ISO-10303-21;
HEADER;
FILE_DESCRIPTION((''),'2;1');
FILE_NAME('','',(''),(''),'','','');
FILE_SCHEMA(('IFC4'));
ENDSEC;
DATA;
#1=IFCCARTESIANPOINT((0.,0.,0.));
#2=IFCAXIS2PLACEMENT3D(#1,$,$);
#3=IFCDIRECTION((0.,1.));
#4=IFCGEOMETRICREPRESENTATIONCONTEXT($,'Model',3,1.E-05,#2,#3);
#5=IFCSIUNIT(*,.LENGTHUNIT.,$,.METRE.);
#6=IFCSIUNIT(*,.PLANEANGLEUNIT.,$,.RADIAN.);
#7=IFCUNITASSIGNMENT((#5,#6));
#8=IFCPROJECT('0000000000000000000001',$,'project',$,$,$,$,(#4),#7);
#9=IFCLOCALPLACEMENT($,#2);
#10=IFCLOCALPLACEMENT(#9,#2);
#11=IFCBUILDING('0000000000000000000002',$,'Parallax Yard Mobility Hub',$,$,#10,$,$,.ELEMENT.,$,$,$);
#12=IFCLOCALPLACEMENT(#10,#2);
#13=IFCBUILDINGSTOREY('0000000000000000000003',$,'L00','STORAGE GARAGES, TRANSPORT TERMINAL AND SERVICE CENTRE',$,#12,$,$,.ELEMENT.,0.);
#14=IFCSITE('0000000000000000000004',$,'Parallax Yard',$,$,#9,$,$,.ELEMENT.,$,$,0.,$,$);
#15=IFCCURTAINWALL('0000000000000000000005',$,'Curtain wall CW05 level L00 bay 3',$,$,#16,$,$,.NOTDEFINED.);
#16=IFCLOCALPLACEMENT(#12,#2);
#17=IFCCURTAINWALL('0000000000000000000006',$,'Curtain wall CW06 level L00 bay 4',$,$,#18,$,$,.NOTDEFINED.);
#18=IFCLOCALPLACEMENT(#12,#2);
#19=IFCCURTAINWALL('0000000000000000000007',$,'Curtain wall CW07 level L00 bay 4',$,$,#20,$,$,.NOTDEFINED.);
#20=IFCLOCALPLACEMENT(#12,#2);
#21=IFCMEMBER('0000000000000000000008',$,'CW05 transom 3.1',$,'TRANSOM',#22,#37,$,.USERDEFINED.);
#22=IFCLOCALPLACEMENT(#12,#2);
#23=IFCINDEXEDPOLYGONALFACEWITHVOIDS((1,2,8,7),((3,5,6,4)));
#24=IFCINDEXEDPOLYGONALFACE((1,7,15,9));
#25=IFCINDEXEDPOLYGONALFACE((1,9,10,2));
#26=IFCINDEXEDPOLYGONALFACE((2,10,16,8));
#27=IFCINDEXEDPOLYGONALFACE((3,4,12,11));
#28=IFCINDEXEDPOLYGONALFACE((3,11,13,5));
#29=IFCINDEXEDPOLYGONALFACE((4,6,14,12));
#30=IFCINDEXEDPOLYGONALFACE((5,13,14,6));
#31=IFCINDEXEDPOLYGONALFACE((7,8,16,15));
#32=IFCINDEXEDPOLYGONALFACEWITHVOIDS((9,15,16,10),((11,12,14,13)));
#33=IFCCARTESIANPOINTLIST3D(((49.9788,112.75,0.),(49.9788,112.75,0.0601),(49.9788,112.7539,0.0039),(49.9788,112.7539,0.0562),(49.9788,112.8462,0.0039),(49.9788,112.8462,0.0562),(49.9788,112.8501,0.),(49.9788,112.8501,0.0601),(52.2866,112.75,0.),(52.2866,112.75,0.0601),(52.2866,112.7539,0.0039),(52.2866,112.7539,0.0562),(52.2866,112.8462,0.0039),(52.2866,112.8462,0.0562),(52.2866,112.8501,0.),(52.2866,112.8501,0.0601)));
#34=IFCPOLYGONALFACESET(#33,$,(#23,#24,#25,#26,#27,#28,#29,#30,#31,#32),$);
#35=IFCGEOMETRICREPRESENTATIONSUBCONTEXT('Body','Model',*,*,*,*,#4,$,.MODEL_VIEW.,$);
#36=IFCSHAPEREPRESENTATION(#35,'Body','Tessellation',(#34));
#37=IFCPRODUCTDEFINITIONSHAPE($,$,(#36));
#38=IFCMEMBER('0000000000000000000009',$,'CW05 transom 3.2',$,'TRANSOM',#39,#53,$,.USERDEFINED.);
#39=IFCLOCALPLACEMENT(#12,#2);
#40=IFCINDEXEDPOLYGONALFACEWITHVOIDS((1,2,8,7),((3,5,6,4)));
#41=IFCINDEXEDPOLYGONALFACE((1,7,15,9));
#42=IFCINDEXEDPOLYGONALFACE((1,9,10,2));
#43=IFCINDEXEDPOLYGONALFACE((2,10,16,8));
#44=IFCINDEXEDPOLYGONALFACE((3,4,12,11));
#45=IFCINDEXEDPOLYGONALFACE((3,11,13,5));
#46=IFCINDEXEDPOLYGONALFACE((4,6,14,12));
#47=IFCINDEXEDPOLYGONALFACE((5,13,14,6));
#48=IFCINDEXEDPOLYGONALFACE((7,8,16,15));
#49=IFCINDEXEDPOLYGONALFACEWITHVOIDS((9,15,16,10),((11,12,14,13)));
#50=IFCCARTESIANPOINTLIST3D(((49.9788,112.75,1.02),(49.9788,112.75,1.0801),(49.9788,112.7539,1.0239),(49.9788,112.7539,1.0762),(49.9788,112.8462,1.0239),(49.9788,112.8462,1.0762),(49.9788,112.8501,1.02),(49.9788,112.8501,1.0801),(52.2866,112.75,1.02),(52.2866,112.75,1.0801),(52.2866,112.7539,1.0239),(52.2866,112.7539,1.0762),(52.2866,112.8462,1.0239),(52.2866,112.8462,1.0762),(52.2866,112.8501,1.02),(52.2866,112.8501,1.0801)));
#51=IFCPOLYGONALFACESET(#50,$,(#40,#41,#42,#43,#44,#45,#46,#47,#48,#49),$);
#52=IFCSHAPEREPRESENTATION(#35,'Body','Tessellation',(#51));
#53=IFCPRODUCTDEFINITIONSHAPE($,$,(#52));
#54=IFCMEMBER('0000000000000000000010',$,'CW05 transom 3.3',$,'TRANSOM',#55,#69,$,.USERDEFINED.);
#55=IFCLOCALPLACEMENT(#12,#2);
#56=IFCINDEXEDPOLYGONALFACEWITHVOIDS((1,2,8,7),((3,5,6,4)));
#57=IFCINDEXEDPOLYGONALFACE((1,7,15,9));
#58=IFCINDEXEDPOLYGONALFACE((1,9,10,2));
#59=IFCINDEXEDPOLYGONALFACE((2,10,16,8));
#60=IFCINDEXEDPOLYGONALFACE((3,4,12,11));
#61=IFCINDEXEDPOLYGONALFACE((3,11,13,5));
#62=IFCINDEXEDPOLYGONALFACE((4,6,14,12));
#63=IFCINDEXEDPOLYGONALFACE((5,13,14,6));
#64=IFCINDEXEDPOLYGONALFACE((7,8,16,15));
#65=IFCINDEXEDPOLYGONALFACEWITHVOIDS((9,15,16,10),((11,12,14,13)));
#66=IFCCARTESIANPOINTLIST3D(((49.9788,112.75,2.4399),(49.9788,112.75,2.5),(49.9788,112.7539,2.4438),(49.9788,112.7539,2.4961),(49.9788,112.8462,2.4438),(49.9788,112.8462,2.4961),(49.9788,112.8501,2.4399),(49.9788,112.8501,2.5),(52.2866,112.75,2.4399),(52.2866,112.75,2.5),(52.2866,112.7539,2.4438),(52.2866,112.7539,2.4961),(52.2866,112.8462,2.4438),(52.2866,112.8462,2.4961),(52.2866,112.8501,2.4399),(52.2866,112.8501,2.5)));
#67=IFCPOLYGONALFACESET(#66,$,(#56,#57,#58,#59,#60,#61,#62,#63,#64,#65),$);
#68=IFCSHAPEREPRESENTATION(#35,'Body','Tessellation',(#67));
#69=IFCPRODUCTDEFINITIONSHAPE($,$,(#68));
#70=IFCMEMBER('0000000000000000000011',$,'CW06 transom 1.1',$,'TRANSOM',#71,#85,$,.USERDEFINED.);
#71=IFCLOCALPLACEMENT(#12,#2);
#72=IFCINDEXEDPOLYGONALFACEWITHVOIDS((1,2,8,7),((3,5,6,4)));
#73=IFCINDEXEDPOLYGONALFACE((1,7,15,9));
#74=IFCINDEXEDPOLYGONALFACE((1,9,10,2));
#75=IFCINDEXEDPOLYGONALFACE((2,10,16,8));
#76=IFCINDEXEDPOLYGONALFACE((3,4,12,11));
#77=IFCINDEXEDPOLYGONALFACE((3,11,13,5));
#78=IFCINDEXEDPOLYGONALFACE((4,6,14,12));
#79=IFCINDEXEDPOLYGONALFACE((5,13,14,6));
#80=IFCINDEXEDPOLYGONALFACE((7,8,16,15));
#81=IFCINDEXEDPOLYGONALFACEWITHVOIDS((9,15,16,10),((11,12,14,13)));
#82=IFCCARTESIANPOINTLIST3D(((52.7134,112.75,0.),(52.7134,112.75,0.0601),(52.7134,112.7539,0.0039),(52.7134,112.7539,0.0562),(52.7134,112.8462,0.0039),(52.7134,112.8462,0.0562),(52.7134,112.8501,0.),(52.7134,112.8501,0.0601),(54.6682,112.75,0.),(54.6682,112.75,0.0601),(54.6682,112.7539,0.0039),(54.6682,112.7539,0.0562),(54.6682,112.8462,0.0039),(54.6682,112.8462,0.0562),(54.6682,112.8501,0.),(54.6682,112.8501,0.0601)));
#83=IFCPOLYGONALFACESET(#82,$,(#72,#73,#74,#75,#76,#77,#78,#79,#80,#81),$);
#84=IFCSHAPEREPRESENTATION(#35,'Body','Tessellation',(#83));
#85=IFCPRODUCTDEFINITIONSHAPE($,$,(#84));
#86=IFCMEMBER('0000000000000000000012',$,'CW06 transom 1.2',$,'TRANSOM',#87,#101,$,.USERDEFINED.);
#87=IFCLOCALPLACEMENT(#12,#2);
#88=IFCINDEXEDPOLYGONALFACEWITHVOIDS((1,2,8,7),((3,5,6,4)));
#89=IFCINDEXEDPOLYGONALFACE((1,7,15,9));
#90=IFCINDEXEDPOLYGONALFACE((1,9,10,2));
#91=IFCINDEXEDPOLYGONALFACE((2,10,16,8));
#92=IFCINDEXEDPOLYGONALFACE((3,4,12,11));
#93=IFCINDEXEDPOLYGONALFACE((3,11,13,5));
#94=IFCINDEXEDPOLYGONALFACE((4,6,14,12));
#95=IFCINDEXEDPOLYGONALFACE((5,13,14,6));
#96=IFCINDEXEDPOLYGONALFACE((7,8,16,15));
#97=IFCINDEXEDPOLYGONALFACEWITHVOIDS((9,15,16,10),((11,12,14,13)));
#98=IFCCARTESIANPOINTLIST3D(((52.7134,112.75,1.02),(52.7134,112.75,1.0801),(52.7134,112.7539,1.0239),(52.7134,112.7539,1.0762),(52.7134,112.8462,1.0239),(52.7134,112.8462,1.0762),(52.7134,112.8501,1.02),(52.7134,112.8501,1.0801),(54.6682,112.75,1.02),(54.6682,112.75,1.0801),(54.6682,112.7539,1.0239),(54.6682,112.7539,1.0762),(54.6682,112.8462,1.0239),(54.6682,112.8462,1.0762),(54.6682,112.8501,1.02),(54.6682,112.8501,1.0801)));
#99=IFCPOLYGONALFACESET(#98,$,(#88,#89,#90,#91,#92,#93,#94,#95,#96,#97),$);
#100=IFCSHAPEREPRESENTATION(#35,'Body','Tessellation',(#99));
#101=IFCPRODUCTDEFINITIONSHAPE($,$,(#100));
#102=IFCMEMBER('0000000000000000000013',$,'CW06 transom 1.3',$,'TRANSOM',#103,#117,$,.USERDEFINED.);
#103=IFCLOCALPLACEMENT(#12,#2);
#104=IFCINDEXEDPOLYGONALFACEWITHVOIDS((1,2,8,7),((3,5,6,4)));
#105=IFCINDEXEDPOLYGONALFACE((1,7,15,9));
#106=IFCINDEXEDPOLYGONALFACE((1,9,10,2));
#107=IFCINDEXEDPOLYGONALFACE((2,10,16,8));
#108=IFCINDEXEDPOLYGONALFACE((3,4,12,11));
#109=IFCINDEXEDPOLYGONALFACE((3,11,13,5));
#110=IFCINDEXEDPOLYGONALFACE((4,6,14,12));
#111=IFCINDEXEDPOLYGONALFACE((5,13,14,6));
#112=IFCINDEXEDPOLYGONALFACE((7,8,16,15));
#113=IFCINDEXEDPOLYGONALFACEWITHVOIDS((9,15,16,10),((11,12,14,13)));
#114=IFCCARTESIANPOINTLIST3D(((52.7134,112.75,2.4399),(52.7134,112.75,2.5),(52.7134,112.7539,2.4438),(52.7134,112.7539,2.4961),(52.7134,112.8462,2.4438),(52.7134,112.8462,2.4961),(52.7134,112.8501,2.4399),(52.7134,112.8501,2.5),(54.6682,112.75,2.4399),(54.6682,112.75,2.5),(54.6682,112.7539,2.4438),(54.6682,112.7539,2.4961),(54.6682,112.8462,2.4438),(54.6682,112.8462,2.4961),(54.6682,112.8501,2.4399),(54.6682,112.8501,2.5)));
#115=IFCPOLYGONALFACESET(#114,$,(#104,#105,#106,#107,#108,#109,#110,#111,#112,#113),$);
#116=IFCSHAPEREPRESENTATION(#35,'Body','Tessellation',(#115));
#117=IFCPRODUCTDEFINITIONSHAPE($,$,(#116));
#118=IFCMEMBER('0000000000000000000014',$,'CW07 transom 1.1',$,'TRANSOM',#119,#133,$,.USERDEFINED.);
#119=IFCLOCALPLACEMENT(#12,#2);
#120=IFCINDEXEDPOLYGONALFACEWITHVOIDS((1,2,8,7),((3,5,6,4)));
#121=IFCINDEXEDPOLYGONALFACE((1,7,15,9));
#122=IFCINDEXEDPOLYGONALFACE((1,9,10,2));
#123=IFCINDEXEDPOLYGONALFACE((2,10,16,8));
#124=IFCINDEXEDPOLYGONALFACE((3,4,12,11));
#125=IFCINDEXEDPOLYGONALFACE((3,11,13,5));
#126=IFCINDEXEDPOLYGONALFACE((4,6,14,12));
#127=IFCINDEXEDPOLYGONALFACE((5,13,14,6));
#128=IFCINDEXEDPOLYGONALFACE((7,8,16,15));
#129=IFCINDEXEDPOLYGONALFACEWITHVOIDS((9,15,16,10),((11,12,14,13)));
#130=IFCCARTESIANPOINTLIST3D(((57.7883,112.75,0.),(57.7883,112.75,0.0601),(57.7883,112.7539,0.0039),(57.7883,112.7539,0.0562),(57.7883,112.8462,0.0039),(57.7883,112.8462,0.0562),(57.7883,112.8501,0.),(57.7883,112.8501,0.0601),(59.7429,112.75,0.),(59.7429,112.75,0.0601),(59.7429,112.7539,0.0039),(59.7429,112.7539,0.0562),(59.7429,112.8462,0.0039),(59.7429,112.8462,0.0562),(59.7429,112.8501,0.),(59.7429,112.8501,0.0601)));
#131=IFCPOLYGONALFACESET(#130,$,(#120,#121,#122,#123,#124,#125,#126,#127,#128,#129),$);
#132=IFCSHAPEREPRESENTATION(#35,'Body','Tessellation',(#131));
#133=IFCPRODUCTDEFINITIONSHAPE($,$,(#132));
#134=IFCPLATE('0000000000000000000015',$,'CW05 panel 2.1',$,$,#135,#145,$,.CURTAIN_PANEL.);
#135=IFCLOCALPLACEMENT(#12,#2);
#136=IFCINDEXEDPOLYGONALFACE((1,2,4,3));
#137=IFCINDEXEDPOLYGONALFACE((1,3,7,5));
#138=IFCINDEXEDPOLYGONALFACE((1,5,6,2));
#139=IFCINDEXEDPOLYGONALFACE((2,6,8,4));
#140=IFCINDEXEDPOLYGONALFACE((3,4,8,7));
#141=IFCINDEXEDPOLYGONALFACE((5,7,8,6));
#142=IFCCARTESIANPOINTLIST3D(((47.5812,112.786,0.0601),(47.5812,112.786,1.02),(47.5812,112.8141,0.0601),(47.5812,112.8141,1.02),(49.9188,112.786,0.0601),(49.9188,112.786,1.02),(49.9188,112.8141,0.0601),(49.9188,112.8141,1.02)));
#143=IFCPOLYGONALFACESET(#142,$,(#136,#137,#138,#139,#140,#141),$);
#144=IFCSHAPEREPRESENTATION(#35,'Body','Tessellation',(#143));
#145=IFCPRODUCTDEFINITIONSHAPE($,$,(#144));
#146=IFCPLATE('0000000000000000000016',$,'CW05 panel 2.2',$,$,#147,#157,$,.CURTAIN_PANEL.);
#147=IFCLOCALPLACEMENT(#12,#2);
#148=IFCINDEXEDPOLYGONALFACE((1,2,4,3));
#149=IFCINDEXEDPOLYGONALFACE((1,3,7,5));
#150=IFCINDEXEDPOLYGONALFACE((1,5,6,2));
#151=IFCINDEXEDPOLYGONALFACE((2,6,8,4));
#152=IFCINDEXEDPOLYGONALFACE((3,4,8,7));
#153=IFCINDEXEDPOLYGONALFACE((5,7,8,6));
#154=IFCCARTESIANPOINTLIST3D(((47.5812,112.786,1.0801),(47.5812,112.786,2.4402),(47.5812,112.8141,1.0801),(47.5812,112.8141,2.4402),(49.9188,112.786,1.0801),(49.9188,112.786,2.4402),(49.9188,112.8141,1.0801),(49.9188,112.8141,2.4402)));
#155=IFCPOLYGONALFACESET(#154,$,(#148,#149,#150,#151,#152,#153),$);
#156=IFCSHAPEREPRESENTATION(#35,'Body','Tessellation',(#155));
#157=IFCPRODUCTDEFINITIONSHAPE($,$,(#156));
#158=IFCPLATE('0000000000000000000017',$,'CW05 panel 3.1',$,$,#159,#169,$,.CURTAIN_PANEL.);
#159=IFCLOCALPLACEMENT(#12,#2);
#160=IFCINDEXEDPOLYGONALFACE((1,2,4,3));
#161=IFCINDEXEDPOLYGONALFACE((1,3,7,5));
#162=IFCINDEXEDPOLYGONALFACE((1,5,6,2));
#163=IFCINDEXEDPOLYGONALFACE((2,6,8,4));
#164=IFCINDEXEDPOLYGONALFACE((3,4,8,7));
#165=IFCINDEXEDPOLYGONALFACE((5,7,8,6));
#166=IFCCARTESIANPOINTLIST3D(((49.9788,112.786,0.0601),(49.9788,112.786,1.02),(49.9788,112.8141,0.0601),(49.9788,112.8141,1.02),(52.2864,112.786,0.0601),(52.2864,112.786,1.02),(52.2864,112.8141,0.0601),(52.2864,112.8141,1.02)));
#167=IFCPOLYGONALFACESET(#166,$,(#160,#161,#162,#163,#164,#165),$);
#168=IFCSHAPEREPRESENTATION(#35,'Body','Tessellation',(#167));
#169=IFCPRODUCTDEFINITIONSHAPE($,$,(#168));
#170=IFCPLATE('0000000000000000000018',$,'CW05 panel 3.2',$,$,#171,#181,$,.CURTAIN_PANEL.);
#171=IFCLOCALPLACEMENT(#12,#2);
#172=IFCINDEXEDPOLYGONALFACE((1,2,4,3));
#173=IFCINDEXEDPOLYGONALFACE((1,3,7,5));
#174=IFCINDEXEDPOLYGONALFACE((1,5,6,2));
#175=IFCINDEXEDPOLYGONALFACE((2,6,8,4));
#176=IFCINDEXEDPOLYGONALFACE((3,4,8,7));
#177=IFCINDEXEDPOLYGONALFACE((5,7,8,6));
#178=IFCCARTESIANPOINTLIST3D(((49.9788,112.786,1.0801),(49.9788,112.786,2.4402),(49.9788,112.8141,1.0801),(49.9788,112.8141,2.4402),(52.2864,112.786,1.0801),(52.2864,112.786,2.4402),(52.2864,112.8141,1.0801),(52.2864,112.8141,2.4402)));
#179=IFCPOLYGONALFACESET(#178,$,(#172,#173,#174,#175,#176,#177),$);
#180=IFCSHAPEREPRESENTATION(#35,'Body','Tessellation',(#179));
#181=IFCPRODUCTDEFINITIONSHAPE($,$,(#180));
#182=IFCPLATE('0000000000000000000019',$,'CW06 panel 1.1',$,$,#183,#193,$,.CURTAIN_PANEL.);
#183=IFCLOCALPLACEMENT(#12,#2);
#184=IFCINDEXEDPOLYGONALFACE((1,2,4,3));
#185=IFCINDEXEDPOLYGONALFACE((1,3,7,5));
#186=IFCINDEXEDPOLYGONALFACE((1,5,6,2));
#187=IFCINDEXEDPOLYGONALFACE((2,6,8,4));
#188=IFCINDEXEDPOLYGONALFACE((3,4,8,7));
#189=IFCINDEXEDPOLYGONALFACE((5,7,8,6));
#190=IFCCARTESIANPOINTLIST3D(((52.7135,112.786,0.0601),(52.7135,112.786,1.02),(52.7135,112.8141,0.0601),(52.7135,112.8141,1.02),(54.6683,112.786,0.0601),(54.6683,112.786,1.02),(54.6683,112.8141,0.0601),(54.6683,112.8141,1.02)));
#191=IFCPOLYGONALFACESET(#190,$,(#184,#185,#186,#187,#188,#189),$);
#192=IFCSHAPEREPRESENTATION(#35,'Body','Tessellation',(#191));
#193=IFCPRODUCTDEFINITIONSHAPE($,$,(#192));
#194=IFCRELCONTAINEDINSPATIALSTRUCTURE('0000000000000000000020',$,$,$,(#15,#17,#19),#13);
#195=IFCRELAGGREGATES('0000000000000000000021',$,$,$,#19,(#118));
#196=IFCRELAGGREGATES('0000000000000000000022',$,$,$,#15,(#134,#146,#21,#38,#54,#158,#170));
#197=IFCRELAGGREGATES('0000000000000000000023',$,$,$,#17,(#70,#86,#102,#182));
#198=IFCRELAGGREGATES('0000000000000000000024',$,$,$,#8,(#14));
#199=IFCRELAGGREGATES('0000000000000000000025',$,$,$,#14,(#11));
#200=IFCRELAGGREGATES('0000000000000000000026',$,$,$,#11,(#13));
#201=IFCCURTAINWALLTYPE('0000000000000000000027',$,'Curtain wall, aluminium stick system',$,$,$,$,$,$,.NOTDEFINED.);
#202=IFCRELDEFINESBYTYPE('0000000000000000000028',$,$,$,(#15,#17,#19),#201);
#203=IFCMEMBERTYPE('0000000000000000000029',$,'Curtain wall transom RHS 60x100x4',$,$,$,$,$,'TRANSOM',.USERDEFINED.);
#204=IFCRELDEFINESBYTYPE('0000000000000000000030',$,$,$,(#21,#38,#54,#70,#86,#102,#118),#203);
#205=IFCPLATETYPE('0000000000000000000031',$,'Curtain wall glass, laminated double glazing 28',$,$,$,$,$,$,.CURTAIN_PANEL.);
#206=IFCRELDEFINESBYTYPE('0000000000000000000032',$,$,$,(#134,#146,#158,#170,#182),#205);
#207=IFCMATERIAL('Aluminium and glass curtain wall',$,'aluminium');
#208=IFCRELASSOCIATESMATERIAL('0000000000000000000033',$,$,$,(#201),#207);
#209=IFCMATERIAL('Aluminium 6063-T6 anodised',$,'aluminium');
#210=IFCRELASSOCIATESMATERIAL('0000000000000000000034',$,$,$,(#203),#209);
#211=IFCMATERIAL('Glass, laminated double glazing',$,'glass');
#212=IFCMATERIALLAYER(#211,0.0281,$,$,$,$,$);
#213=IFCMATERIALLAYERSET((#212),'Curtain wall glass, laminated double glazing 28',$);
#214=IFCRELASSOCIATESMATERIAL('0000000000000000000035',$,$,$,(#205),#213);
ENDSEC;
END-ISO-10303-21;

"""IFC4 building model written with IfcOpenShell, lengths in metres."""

from ifc_helpers import new_model, si_unit, direction, frame, origin, origin_2d, place, context, subcontext, project, spatial, rectangle, hollow_rectangle, extrude, material, layer, layer_set, material_profile, profile_set, type_object, element, aggregate, save


model = new_model("IFC4")

# Units and contexts
model_context = context("Model", 3, precision=1e-05, world=origin(), true_north=direction((0.0, 1.0)))
body_context = subcontext(model_context, "Body", "Model", "MODEL_VIEW")
ifc_project = project(units=[si_unit("LENGTHUNIT", "METRE"), si_unit("PLANEANGLEUNIT", "RADIAN")], contexts=[model_context])

# Site, building, storey
site_placement = place(None, origin())
site = spatial("IfcSite", under=ifc_project, at=site_placement, Name="Parallax Yard", CompositionType="ELEMENT", RefElevation=0.0)
building_placement = place(site_placement, origin())
building = spatial("IfcBuilding", under=site, at=building_placement, Name="Parallax Yard Mobility Hub", CompositionType="ELEMENT")
storey_placement = place(building_placement, origin())
storey = spatial("IfcBuildingStorey", under=building, at=storey_placement, Name="L00", Description="STORAGE GARAGES, TRANSPORT TERMINAL AND SERVICE CENTRE", CompositionType="ELEMENT", Elevation=0.0)

# Curtain walls
ifc_material_1 = material(Name="Aluminium and glass curtain wall", Category="aluminium")
curtain_wall_type = type_object("IfcCurtainWallType", Name="Curtain wall, aluminium stick system", PredefinedType="NOTDEFINED", material=ifc_material_1)
curtain_wall_1_placement = place(storey_placement, origin())
curtain_wall_1 = element("IfcCurtainWall", 1, at=curtain_wall_1_placement, inside=storey, type_object=curtain_wall_type, Name="Curtain wall CW05 level L00 bay 3", PredefinedType="NOTDEFINED")
ifc_material_2 = material(Name="Aluminium 6063-T6 anodised", Category="aluminium")
curtain_wall_2_placement = place(storey_placement, origin())
curtain_wall_2 = element("IfcCurtainWall", 2, at=curtain_wall_2_placement, inside=storey, type_object=curtain_wall_type, Name="Curtain wall CW06 level L00 bay 4", PredefinedType="NOTDEFINED")

# Curtain wall
curtain_wall_3_placement = place(storey_placement, origin())
curtain_wall_3 = element("IfcCurtainWall", 3, at=curtain_wall_3_placement, inside=storey, type_object=curtain_wall_type, Name="Curtain wall CW07 level L00 bay 4", PredefinedType="NOTDEFINED")

# Members
ifc_material_profile_1 = material_profile(ifc_material_2, hollow_rectangle(XDim=0.1001, YDim=0.0601, WallThickness=0.0039, at=origin_2d()), Name="RHS 60x100x4")
ifc_profile_set_1 = profile_set([ifc_material_profile_1], Name="Aluminium 6063-T6 anodised")
member_type_1 = type_object("IfcMemberType", Name="Curtain wall transom RHS 60x100x4", ElementType="TRANSOM", PredefinedType="USERDEFINED", material=ifc_profile_set_1)
member_1_placement = place(storey_placement, frame((49.9788, 112.8, 0.03), z_axis=(1.0, 0.0, 0.0), x_axis=(0.0, 1.0, 0.0)))
member_1 = element("IfcMember", 4, at=member_1_placement, type_object=member_type_1, Name="CW05 transom 3.1", ObjectType="TRANSOM", PredefinedType="USERDEFINED", context=body_context, shape_type="SweptSolid", body=[
    extrude(hollow_rectangle(XDim=0.1001, YDim=0.0601, WallThickness=0.0039, at=origin_2d()), origin(), (0.0, 0.0, 1.0), 2.3079),
])
member_2_placement = place(storey_placement, frame((49.9788, 112.8, 1.05), z_axis=(1.0, 0.0, 0.0), x_axis=(0.0, 1.0, 0.0)))
member_2 = element("IfcMember", 5, at=member_2_placement, type_object=member_type_1, Name="CW05 transom 3.2", ObjectType="TRANSOM", PredefinedType="USERDEFINED", context=body_context, shape_type="SweptSolid", body=[
    extrude(hollow_rectangle(XDim=0.1001, YDim=0.0601, WallThickness=0.0039, at=origin_2d()), origin(), (0.0, 0.0, 1.0), 2.3079),
])
member_3_placement = place(storey_placement, frame((49.9788, 112.8, 2.47), z_axis=(1.0, 0.0, 0.0), x_axis=(0.0, 1.0, 0.0)))
member_3 = element("IfcMember", 6, at=member_3_placement, type_object=member_type_1, Name="CW05 transom 3.3", ObjectType="TRANSOM", PredefinedType="USERDEFINED", context=body_context, shape_type="SweptSolid", body=[
    extrude(hollow_rectangle(XDim=0.1001, YDim=0.0601, WallThickness=0.0039, at=origin_2d()), origin(), (0.0, 0.0, 1.0), 2.3079),
])
member_4_placement = place(storey_placement, frame((52.7134, 112.8, 0.03), z_axis=(1.0, 0.0, 0.0), x_axis=(0.0, 1.0, 0.0)))
member_4 = element("IfcMember", 7, at=member_4_placement, type_object=member_type_1, Name="CW06 transom 1.1", ObjectType="TRANSOM", PredefinedType="USERDEFINED", context=body_context, shape_type="SweptSolid", body=[
    extrude(hollow_rectangle(XDim=0.1001, YDim=0.0601, WallThickness=0.0039, at=origin_2d()), origin(), (0.0, 0.0, 1.0), 1.9548),
])
member_5_placement = place(storey_placement, frame((52.7134, 112.8, 1.05), z_axis=(1.0, 0.0, 0.0), x_axis=(0.0, 1.0, 0.0)))
member_5 = element("IfcMember", 8, at=member_5_placement, type_object=member_type_1, Name="CW06 transom 1.2", ObjectType="TRANSOM", PredefinedType="USERDEFINED", context=body_context, shape_type="SweptSolid", body=[
    extrude(hollow_rectangle(XDim=0.1001, YDim=0.0601, WallThickness=0.0039, at=origin_2d()), origin(), (0.0, 0.0, 1.0), 1.9548),
])
member_6_placement = place(storey_placement, frame((52.7134, 112.8, 2.47), z_axis=(1.0, 0.0, 0.0), x_axis=(0.0, 1.0, 0.0)))
member_6 = element("IfcMember", 9, at=member_6_placement, type_object=member_type_1, Name="CW06 transom 1.3", ObjectType="TRANSOM", PredefinedType="USERDEFINED", context=body_context, shape_type="SweptSolid", body=[
    extrude(hollow_rectangle(XDim=0.1001, YDim=0.0601, WallThickness=0.0039, at=origin_2d()), origin(), (0.0, 0.0, 1.0), 1.9548),
])
member_7_placement = place(storey_placement, frame((57.7883, 112.8, 0.03), z_axis=(1.0, 0.0, 0.0), x_axis=(0.0, 1.0, 0.0)))
member_7 = element("IfcMember", 10, at=member_7_placement, type_object=member_type_1, Name="CW07 transom 1.1", ObjectType="TRANSOM", PredefinedType="USERDEFINED", context=body_context, shape_type="SweptSolid", body=[
    extrude(hollow_rectangle(XDim=0.1001, YDim=0.0601, WallThickness=0.0039, at=origin_2d()), origin(), (0.0, 0.0, 1.0), 1.9546),
])
aggregate(curtain_wall_3, [member_7])

# Plates
ifc_material_3 = material(Name="Glass, laminated double glazing", Category="glass")
ifc_layer_1 = layer(ifc_material_3, 0.0281)
ifc_layer_set_1 = layer_set([ifc_layer_1], Name="Curtain wall glass, laminated double glazing 28")
plate_type = type_object("IfcPlateType", Name="Curtain wall glass, laminated double glazing 28", PredefinedType="CURTAIN_PANEL", material=ifc_layer_set_1)
plate_1_placement = place(storey_placement, frame((48.75, 112.8, 0.0601), z_axis=(0.0, 0.0, 1.0), x_axis=(1.0, 0.0, 0.0)))
plate_1 = element("IfcPlate", 11, at=plate_1_placement, type_object=plate_type, Name="CW05 panel 2.1", PredefinedType="CURTAIN_PANEL", context=body_context, shape_type="SweptSolid", body=[
    extrude(rectangle(XDim=2.3376, YDim=0.0281, at=origin_2d()), origin(), (0.0, 0.0, 1.0), 0.96),
])
plate_2_placement = place(storey_placement, frame((48.75, 112.8, 1.0801), z_axis=(0.0, 0.0, 1.0), x_axis=(1.0, 0.0, 0.0)))
plate_2 = element("IfcPlate", 12, at=plate_2_placement, type_object=plate_type, Name="CW05 panel 2.2", PredefinedType="CURTAIN_PANEL", context=body_context, shape_type="SweptSolid", body=[
    extrude(rectangle(XDim=2.3376, YDim=0.0281, at=origin_2d()), origin(), (0.0, 0.0, 1.0), 1.3601),
])
plate_3_placement = place(storey_placement, frame((51.1326, 112.8, 0.0601), z_axis=(0.0, 0.0, 1.0), x_axis=(1.0, 0.0, 0.0)))
plate_3 = element("IfcPlate", 13, at=plate_3_placement, type_object=plate_type, Name="CW05 panel 3.1", PredefinedType="CURTAIN_PANEL", context=body_context, shape_type="SweptSolid", body=[
    extrude(rectangle(XDim=2.3076, YDim=0.0281, at=origin_2d()), origin(), (0.0, 0.0, 1.0), 0.96),
])
plate_4_placement = place(storey_placement, frame((51.1326, 112.8, 1.0801), z_axis=(0.0, 0.0, 1.0), x_axis=(1.0, 0.0, 0.0)))
plate_4 = element("IfcPlate", 14, at=plate_4_placement, type_object=plate_type, Name="CW05 panel 3.2", PredefinedType="CURTAIN_PANEL", context=body_context, shape_type="SweptSolid", body=[
    extrude(rectangle(XDim=2.3076, YDim=0.0281, at=origin_2d()), origin(), (0.0, 0.0, 1.0), 1.3601),
])
aggregate(curtain_wall_1, [plate_1, plate_2, member_1, member_2, member_3, plate_3, plate_4])
plate_5_placement = place(storey_placement, frame((53.6909, 112.8, 0.0601), z_axis=(0.0, 0.0, 1.0), x_axis=(1.0, 0.0, 0.0)))
plate_5 = element("IfcPlate", 15, at=plate_5_placement, type_object=plate_type, Name="CW06 panel 1.1", PredefinedType="CURTAIN_PANEL", context=body_context, shape_type="SweptSolid", body=[
    extrude(rectangle(XDim=1.9548, YDim=0.0281, at=origin_2d()), origin(), (0.0, 0.0, 1.0), 0.96),
])
aggregate(curtain_wall_2, [member_4, member_5, member_6, plate_5])

save(model, "model.ifc")
